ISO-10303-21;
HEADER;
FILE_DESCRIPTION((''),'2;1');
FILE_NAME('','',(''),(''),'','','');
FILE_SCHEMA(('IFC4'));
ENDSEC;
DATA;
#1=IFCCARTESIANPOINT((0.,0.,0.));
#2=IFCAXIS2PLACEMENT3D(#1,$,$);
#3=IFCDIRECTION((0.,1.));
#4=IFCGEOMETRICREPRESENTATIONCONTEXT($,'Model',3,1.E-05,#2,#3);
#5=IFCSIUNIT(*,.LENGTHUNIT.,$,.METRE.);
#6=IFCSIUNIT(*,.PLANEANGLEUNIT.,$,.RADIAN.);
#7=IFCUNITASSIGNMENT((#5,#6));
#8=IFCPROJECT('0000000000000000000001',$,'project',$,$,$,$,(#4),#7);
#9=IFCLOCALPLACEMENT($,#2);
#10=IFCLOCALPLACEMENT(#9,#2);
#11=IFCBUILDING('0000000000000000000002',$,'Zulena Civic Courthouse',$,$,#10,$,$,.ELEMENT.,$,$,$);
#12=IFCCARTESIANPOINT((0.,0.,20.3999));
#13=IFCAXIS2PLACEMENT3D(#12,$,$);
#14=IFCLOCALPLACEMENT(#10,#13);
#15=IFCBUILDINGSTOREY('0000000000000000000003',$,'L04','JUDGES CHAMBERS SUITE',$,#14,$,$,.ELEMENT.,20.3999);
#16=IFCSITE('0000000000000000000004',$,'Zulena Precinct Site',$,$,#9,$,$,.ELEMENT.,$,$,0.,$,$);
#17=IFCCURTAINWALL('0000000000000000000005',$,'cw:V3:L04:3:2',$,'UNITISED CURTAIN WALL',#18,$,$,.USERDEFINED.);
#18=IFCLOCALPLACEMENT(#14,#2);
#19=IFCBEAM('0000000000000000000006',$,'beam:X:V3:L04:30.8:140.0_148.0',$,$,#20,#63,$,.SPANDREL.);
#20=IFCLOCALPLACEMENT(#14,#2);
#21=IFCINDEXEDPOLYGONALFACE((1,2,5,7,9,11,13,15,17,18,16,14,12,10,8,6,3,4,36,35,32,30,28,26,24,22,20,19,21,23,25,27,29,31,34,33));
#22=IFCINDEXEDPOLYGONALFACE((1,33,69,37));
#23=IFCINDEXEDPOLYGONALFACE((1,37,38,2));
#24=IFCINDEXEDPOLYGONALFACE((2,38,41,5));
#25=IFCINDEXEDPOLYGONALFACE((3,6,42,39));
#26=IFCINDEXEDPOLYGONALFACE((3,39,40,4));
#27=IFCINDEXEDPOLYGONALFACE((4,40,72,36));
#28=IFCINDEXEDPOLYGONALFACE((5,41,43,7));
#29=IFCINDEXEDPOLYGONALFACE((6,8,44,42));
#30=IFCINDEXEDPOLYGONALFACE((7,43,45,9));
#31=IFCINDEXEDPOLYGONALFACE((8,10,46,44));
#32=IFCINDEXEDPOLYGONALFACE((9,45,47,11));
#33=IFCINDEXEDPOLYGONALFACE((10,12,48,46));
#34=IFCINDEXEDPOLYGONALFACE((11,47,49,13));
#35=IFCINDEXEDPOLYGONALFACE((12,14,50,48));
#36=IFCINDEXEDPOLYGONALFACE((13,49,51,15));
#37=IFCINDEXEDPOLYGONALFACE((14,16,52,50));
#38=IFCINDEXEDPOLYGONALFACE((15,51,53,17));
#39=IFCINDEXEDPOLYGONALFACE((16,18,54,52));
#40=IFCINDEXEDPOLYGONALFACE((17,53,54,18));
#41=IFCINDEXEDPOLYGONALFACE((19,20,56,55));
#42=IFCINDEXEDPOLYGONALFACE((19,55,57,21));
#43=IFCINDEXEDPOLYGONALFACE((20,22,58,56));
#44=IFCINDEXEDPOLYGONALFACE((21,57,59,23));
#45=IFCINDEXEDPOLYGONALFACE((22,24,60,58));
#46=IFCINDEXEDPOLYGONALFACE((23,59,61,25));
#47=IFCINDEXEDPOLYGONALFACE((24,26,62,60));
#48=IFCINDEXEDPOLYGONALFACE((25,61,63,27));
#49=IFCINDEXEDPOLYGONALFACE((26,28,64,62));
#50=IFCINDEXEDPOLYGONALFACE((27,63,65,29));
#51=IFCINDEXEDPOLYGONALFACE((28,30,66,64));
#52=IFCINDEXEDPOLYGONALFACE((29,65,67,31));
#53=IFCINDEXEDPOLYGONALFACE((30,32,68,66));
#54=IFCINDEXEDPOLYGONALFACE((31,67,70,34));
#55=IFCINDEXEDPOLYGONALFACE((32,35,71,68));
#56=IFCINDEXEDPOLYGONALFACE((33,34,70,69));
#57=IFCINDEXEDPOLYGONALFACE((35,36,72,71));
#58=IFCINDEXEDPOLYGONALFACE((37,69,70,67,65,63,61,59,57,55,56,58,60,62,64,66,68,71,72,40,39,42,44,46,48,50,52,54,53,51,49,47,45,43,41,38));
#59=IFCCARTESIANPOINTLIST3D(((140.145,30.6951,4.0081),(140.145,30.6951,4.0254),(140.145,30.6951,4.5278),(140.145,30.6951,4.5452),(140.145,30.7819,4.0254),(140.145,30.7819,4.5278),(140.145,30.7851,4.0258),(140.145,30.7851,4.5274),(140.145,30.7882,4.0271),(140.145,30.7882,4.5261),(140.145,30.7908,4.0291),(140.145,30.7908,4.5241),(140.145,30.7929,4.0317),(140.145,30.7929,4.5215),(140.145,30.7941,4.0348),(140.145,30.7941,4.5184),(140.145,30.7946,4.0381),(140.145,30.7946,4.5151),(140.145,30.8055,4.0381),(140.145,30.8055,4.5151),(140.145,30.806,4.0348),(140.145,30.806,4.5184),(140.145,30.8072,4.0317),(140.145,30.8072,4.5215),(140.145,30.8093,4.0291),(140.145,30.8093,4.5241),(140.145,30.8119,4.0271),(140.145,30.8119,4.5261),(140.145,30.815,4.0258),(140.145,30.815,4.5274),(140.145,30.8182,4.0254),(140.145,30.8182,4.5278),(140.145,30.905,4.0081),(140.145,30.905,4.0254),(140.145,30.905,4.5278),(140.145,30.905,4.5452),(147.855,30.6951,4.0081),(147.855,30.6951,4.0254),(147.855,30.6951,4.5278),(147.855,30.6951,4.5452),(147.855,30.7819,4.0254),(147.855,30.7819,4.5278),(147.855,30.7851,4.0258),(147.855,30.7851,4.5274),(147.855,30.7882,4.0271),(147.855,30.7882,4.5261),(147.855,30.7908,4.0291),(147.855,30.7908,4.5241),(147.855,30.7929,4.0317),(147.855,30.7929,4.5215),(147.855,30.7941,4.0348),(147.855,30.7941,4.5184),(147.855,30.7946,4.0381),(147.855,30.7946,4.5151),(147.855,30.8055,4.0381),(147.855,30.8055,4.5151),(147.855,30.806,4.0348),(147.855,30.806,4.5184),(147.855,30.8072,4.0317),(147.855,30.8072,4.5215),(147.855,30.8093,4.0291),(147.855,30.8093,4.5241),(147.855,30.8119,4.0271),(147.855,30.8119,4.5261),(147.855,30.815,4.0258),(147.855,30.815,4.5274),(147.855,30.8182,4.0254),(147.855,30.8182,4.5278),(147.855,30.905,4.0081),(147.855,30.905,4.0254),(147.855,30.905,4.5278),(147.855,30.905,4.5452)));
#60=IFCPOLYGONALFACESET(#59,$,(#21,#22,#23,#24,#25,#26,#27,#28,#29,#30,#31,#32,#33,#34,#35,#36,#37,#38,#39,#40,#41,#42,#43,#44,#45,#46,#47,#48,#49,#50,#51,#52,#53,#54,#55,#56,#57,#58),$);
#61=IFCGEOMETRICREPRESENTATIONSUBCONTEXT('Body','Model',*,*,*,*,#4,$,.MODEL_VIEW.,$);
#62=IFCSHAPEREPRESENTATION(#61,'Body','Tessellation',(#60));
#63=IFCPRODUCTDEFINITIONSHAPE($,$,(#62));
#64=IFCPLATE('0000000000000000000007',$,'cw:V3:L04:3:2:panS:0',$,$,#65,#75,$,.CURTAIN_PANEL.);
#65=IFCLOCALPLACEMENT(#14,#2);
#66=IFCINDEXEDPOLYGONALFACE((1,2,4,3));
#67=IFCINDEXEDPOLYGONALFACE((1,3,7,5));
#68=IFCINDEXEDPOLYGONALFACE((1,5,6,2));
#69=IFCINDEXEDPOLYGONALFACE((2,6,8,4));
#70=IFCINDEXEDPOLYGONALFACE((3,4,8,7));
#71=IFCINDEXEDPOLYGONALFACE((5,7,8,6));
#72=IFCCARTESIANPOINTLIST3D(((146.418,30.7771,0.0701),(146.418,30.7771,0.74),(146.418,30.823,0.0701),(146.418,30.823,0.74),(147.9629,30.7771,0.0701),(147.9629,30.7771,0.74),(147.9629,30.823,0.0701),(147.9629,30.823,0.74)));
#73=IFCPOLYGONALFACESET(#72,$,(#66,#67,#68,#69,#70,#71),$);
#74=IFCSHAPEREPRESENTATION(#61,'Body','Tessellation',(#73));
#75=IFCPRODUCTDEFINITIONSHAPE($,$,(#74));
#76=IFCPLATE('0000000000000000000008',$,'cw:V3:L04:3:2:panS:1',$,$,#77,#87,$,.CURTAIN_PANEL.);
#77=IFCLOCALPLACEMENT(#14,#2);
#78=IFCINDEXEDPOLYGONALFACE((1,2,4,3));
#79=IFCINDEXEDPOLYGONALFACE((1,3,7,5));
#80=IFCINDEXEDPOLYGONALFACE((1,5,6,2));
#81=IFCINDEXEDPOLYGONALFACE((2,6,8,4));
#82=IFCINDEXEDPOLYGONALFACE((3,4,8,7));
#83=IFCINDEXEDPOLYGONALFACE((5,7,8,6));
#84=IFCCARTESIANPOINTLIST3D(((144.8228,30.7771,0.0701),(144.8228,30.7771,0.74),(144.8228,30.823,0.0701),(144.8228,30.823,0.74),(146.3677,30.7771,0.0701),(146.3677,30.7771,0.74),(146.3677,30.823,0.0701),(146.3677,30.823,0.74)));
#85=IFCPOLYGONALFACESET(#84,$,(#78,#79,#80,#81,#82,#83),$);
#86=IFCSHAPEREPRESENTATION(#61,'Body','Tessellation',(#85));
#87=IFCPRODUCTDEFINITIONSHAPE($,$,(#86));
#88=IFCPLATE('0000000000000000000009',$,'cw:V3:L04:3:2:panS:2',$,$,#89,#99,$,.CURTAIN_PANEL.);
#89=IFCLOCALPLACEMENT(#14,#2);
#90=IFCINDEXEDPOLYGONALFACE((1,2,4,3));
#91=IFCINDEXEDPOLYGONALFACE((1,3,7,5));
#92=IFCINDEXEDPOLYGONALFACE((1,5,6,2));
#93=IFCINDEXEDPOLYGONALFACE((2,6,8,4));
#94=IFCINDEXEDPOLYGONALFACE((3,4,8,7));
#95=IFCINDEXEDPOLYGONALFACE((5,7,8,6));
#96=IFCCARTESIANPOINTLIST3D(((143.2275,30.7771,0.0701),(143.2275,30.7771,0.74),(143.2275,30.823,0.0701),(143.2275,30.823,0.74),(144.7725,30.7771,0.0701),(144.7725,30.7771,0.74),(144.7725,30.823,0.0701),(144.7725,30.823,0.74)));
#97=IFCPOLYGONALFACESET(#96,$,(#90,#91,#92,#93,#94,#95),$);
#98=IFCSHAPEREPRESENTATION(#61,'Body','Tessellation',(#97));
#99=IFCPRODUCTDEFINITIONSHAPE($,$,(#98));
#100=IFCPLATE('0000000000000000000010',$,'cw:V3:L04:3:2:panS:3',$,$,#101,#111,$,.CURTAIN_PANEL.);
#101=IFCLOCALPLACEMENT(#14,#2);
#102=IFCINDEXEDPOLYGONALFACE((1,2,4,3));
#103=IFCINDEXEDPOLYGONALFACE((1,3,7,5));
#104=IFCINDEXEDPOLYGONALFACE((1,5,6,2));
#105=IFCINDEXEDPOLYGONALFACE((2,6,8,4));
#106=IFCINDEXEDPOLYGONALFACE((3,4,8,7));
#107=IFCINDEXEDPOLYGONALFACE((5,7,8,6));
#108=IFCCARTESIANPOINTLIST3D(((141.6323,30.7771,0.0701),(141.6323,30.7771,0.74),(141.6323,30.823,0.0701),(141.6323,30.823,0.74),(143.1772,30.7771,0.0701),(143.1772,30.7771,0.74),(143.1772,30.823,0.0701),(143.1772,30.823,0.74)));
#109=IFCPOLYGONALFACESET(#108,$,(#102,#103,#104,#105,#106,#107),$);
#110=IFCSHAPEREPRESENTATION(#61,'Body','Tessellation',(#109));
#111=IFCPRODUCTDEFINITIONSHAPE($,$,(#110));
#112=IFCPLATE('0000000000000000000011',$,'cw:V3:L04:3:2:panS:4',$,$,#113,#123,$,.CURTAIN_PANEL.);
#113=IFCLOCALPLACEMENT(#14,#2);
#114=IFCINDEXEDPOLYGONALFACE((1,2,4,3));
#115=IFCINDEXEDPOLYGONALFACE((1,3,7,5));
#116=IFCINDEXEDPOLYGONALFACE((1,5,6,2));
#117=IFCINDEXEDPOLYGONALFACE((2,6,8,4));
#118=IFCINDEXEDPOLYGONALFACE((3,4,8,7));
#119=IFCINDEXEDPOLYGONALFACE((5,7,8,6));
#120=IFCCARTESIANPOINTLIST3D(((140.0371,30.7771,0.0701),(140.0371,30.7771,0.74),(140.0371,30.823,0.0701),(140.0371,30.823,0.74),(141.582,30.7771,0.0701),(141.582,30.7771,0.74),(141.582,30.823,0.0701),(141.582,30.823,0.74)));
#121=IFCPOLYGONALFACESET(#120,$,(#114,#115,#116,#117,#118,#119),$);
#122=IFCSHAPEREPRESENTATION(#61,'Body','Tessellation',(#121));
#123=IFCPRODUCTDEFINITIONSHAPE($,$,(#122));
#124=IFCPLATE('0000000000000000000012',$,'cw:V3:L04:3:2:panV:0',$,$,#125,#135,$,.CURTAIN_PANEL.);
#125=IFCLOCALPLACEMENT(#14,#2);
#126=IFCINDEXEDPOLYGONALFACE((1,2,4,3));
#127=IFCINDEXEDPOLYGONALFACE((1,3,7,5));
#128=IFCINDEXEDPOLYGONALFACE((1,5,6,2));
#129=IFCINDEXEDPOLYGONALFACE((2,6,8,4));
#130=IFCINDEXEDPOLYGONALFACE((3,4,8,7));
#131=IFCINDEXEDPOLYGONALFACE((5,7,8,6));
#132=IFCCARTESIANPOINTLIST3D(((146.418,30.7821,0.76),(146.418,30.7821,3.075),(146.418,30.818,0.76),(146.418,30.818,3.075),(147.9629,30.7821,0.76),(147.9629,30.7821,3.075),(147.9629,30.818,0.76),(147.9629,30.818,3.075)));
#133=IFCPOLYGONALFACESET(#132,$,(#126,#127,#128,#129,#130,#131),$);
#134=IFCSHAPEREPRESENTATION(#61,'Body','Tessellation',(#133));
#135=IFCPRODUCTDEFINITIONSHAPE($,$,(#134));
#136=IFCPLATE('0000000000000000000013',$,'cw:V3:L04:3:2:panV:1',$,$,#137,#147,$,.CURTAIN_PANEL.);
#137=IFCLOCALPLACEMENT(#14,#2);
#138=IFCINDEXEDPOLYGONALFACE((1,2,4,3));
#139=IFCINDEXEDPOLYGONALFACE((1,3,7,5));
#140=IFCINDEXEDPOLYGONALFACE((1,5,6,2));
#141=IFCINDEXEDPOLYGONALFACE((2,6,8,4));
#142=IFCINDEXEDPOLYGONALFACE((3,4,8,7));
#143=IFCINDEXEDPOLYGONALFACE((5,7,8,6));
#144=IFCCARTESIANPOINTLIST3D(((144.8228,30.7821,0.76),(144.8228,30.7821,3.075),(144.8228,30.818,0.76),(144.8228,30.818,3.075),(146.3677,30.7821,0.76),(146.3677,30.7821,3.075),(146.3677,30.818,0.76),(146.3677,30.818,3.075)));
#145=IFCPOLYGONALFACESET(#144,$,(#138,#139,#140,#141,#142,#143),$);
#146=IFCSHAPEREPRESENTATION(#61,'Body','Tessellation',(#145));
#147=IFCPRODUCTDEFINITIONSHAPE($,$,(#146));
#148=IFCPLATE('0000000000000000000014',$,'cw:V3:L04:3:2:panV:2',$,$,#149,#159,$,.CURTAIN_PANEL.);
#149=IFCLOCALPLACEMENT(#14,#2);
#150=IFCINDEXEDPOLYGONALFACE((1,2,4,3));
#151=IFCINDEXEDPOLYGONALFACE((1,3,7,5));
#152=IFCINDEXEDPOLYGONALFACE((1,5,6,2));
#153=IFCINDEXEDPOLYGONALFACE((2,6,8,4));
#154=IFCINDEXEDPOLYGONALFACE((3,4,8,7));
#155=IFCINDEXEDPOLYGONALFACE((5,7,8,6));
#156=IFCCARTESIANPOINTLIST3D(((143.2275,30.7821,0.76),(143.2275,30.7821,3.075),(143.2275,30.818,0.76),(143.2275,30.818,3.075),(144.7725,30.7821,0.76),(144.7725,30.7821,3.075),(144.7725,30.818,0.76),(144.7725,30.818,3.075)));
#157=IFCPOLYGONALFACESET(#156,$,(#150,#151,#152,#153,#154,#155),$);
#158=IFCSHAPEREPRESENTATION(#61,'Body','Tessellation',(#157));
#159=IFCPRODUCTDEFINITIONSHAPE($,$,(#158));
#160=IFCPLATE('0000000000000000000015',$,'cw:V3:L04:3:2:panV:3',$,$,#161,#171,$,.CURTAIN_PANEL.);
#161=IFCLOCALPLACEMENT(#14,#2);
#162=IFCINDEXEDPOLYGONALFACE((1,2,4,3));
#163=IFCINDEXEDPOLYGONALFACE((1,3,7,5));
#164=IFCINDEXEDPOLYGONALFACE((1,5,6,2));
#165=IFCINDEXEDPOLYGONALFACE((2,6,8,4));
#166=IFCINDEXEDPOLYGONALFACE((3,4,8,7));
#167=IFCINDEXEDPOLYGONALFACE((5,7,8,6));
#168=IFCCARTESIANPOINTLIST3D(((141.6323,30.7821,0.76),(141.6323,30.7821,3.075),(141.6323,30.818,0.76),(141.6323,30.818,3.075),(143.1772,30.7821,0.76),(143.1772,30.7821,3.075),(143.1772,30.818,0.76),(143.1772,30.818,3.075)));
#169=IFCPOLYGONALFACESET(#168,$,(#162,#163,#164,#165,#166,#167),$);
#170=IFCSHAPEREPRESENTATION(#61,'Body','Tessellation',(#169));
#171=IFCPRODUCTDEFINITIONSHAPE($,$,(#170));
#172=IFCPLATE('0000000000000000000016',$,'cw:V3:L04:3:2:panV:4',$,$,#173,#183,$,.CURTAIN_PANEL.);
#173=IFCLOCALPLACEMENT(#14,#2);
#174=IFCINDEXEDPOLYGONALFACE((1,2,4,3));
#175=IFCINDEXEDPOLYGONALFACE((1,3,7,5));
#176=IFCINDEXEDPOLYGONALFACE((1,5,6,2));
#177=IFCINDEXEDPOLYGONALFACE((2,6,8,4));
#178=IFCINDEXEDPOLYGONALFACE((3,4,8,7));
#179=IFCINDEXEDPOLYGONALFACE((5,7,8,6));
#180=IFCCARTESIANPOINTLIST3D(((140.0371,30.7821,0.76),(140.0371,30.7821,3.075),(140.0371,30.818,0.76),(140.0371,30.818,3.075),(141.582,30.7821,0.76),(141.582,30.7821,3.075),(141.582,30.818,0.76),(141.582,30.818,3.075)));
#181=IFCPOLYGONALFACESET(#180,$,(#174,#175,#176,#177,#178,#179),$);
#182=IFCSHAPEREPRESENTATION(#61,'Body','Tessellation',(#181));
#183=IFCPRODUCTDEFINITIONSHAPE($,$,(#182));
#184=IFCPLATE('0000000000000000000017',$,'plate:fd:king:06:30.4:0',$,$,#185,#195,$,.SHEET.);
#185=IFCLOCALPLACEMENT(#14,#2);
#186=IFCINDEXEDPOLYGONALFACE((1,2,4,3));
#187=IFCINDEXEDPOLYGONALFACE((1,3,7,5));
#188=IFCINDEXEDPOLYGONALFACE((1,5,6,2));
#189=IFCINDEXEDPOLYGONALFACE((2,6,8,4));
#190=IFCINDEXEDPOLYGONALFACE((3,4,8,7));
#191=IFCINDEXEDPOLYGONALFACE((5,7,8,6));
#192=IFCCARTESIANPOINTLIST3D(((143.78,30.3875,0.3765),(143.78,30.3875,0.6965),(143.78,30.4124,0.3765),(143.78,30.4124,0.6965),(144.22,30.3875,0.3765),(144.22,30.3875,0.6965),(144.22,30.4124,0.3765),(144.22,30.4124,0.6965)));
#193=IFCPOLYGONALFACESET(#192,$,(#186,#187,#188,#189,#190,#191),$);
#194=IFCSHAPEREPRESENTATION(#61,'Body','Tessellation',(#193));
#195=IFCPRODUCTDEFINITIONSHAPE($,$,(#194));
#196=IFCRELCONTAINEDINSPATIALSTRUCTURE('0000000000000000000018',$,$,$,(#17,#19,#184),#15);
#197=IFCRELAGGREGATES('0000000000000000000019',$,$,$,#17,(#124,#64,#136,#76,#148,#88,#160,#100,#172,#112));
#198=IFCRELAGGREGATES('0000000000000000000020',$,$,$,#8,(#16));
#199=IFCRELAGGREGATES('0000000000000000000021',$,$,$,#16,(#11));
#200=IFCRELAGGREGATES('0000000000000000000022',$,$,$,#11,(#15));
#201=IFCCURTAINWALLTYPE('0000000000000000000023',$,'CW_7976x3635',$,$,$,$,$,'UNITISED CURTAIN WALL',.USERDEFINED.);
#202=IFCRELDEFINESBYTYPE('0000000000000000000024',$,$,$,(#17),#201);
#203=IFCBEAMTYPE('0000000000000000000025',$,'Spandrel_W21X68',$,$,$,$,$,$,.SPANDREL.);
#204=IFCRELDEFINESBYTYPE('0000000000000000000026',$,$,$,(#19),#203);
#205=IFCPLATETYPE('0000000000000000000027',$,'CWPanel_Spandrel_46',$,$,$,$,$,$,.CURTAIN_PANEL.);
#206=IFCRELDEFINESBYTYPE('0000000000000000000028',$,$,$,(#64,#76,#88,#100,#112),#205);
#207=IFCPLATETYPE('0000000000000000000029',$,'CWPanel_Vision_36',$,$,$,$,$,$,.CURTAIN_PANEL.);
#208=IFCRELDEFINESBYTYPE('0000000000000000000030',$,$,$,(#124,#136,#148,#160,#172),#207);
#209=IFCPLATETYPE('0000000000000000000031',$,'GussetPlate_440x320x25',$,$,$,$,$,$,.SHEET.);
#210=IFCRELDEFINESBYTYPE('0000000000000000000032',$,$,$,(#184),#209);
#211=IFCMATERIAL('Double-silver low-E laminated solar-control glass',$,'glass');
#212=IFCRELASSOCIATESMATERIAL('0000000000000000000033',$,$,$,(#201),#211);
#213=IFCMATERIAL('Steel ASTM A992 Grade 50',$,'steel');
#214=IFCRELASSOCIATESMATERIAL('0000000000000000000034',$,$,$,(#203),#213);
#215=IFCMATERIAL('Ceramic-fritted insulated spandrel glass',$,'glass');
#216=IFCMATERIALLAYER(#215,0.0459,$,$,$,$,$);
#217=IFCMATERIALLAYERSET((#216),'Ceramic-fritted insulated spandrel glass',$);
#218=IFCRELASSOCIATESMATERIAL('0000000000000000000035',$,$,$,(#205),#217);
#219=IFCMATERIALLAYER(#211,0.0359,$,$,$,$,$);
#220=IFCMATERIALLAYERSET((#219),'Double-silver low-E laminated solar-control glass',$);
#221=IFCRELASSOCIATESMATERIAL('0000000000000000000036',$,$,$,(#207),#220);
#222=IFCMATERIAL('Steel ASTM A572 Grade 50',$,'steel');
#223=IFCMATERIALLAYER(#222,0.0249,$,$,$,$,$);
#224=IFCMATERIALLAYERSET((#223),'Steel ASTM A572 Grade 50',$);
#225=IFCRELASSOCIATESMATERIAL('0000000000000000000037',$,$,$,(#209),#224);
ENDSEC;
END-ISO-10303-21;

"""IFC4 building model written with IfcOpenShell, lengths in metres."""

from ifc_helpers import new_model, si_unit, direction, frame, origin, origin_2d, place, context, subcontext, project, spatial, rectangle, i_section, extrude, material, layer, layer_set, material_profile, profile_set, type_object, element, aggregate, save


model = new_model("IFC4")

# Units and contexts
model_context = context("Model", 3, precision=1e-05, world=origin(), true_north=direction((0.0, 1.0)))
body_context = subcontext(model_context, "Body", "Model", "MODEL_VIEW")
ifc_project = project(units=[si_unit("LENGTHUNIT", "METRE"), si_unit("PLANEANGLEUNIT", "RADIAN")], contexts=[model_context])

# Site, building, storey
site_placement = place(None, origin())
site = spatial("IfcSite", under=ifc_project, at=site_placement, Name="Zulena Precinct Site", CompositionType="ELEMENT", RefElevation=0.0)
building_placement = place(site_placement, origin())
building = spatial("IfcBuilding", under=site, at=building_placement, Name="Zulena Civic Courthouse", CompositionType="ELEMENT")
storey_placement = place(building_placement, frame((0.0, 0.0, 20.3999)))
storey = spatial("IfcBuildingStorey", under=building, at=storey_placement, Name="L04", Description="JUDGES CHAMBERS SUITE", CompositionType="ELEMENT", Elevation=20.3999)

# Shared definitions
ifc_material_1 = material(Name="Steel ASTM A992 Grade 50", Category="steel")

# Curtain wall
ifc_material_2 = material(Name="Double-silver low-E laminated solar-control glass", Category="glass")
curtain_wall_type = type_object("IfcCurtainWallType", Name="CW_7976x3635", ElementType="UNITISED CURTAIN WALL", PredefinedType="USERDEFINED", material=ifc_material_2)
curtain_wall_1_placement = place(storey_placement, origin())
curtain_wall_1 = element("IfcCurtainWall", 1, at=curtain_wall_1_placement, inside=storey, type_object=curtain_wall_type, Name="cw:V3:L04:3:2", ObjectType="UNITISED CURTAIN WALL", PredefinedType="USERDEFINED")

# Beam
ifc_material_profile_1 = material_profile(ifc_material_1, i_section(OverallWidth=0.21, OverallDepth=0.5371, WebThickness=0.011, FlangeThickness=0.0173, FilletRadius=0.0127, at=origin_2d()), Name="W21X68")
ifc_profile_set_1 = profile_set([ifc_material_profile_1], Name="Steel ASTM A992 Grade 50")
beam_type_1 = type_object("IfcBeamType", Name="Spandrel_W21X68", PredefinedType="SPANDREL", material=ifc_profile_set_1)
beam_1_placement = place(storey_placement, frame((140.145, 30.8, 4.2766), z_axis=(1.0, 0.0, 0.0), x_axis=(0.0, 1.0, 0.0)))
element("IfcBeam", 2, at=beam_1_placement, inside=storey, type_object=beam_type_1, Name="beam:X:V3:L04:30.8:140.0_148.0", PredefinedType="SPANDREL", context=body_context, shape_type="SweptSolid", body=[
    extrude(i_section(OverallWidth=0.21, OverallDepth=0.5371, WebThickness=0.011, FlangeThickness=0.0173, FilletRadius=0.0127, at=origin_2d()), origin(), (0.0, 0.0, 1.0), 7.71),
])

# Plates
ifc_material_3 = material(Name="Ceramic-fritted insulated spandrel glass", Category="glass")
ifc_layer_1 = layer(ifc_material_3, 0.0459)
ifc_layer_set_1 = layer_set([ifc_layer_1], Name="Ceramic-fritted insulated spandrel glass")
plate_type_1 = type_object("IfcPlateType", Name="CWPanel_Spandrel_46", PredefinedType="CURTAIN_PANEL", material=ifc_layer_set_1)
plate_1_placement = place(storey_placement, frame((147.1904, 30.8, 0.0701), z_axis=(0.0, 0.0, 1.0), x_axis=(-1.0, 0.0, 0.0)))
plate_1 = element("IfcPlate", 3, at=plate_1_placement, type_object=plate_type_1, Name="cw:V3:L04:3:2:panS:0", PredefinedType="CURTAIN_PANEL", context=body_context, shape_type="SweptSolid", body=[
    extrude(rectangle(XDim=1.5449, YDim=0.0459, at=origin_2d()), origin(), (0.0, 0.0, 1.0), 0.6699),
])
plate_2_placement = place(storey_placement, frame((145.5952, 30.8, 0.0701), z_axis=(0.0, 0.0, 1.0), x_axis=(-1.0, 0.0, 0.0)))
plate_2 = element("IfcPlate", 4, at=plate_2_placement, type_object=plate_type_1, Name="cw:V3:L04:3:2:panS:1", PredefinedType="CURTAIN_PANEL", context=body_context, shape_type="SweptSolid", body=[
    extrude(rectangle(XDim=1.5449, YDim=0.0459, at=origin_2d()), origin(), (0.0, 0.0, 1.0), 0.6699),
])
plate_3_placement = place(storey_placement, frame((144.0, 30.8, 0.0701), z_axis=(0.0, 0.0, 1.0), x_axis=(-1.0, 0.0, 0.0)))
plate_3 = element("IfcPlate", 5, at=plate_3_placement, type_object=plate_type_1, Name="cw:V3:L04:3:2:panS:2", PredefinedType="CURTAIN_PANEL", context=body_context, shape_type="SweptSolid", body=[
    extrude(rectangle(XDim=1.5449, YDim=0.0459, at=origin_2d()), origin(), (0.0, 0.0, 1.0), 0.6699),
])
plate_4_placement = place(storey_placement, frame((142.4048, 30.8, 0.0701), z_axis=(0.0, 0.0, 1.0), x_axis=(-1.0, 0.0, 0.0)))
plate_4 = element("IfcPlate", 6, at=plate_4_placement, type_object=plate_type_1, Name="cw:V3:L04:3:2:panS:3", PredefinedType="CURTAIN_PANEL", context=body_context, shape_type="SweptSolid", body=[
    extrude(rectangle(XDim=1.5449, YDim=0.0459, at=origin_2d()), origin(), (0.0, 0.0, 1.0), 0.6699),
])
plate_5_placement = place(storey_placement, frame((140.8096, 30.8, 0.0701), z_axis=(0.0, 0.0, 1.0), x_axis=(-1.0, 0.0, 0.0)))
plate_5 = element("IfcPlate", 7, at=plate_5_placement, type_object=plate_type_1, Name="cw:V3:L04:3:2:panS:4", PredefinedType="CURTAIN_PANEL", context=body_context, shape_type="SweptSolid", body=[
    extrude(rectangle(XDim=1.5449, YDim=0.0459, at=origin_2d()), origin(), (0.0, 0.0, 1.0), 0.6699),
])
ifc_layer_2 = layer(ifc_material_2, 0.0359)
ifc_layer_set_2 = layer_set([ifc_layer_2], Name="Double-silver low-E laminated solar-control glass")
plate_type_2 = type_object("IfcPlateType", Name="CWPanel_Vision_36", PredefinedType="CURTAIN_PANEL", material=ifc_layer_set_2)
plate_6_placement = place(storey_placement, frame((147.1904, 30.8, 0.76), z_axis=(0.0, 0.0, 1.0), x_axis=(-1.0, 0.0, 0.0)))
plate_6 = element("IfcPlate", 8, at=plate_6_placement, type_object=plate_type_2, Name="cw:V3:L04:3:2:panV:0", PredefinedType="CURTAIN_PANEL", context=body_context, shape_type="SweptSolid", body=[
    extrude(rectangle(XDim=1.5449, YDim=0.0359, at=origin_2d()), origin(), (0.0, 0.0, 1.0), 2.3149),
])
plate_7_placement = place(storey_placement, frame((145.5952, 30.8, 0.76), z_axis=(0.0, 0.0, 1.0), x_axis=(-1.0, 0.0, 0.0)))
plate_7 = element("IfcPlate", 9, at=plate_7_placement, type_object=plate_type_2, Name="cw:V3:L04:3:2:panV:1", PredefinedType="CURTAIN_PANEL", context=body_context, shape_type="SweptSolid", body=[
    extrude(rectangle(XDim=1.5449, YDim=0.0359, at=origin_2d()), origin(), (0.0, 0.0, 1.0), 2.3149),
])
plate_8_placement = place(storey_placement, frame((144.0, 30.8, 0.76), z_axis=(0.0, 0.0, 1.0), x_axis=(-1.0, 0.0, 0.0)))
plate_8 = element("IfcPlate", 10, at=plate_8_placement, type_object=plate_type_2, Name="cw:V3:L04:3:2:panV:2", PredefinedType="CURTAIN_PANEL", context=body_context, shape_type="SweptSolid", body=[
    extrude(rectangle(XDim=1.5449, YDim=0.0359, at=origin_2d()), origin(), (0.0, 0.0, 1.0), 2.3149),
])
plate_9_placement = place(storey_placement, frame((142.4048, 30.8, 0.76), z_axis=(0.0, 0.0, 1.0), x_axis=(-1.0, 0.0, 0.0)))
plate_9 = element("IfcPlate", 11, at=plate_9_placement, type_object=plate_type_2, Name="cw:V3:L04:3:2:panV:3", PredefinedType="CURTAIN_PANEL", context=body_context, shape_type="SweptSolid", body=[
    extrude(rectangle(XDim=1.5449, YDim=0.0359, at=origin_2d()), origin(), (0.0, 0.0, 1.0), 2.3149),
])
plate_10_placement = place(storey_placement, frame((140.8096, 30.8, 0.76), z_axis=(0.0, 0.0, 1.0), x_axis=(-1.0, 0.0, 0.0)))
plate_10 = element("IfcPlate", 12, at=plate_10_placement, type_object=plate_type_2, Name="cw:V3:L04:3:2:panV:4", PredefinedType="CURTAIN_PANEL", context=body_context, shape_type="SweptSolid", body=[
    extrude(rectangle(XDim=1.5449, YDim=0.0359, at=origin_2d()), origin(), (0.0, 0.0, 1.0), 2.3149),
])
aggregate(curtain_wall_1, [plate_6, plate_1, plate_7, plate_2, plate_8, plate_3, plate_9, plate_4, plate_10, plate_5])

# Plate
ifc_material_4 = material(Name="Steel ASTM A572 Grade 50", Category="steel")
ifc_layer_3 = layer(ifc_material_4, 0.0249)
ifc_layer_set_3 = layer_set([ifc_layer_3], Name="Steel ASTM A572 Grade 50")
plate_type_3 = type_object("IfcPlateType", Name="GussetPlate_440x320x25", PredefinedType="SHEET", material=ifc_layer_set_3)
for number, where, z_axis, x_axis, name in (
    (13, (144.0, 30.3999, 0.3765), (0.0, 0.0, 1.0), (1.0, 0.0, 0.0), "plate:fd:king:06:30.4:0"),
):
    element("IfcPlate", number, at=place(storey_placement, frame(where, z_axis=z_axis, x_axis=x_axis)), inside=storey, type_object=plate_type_3, Name=name, PredefinedType="SHEET", context=body_context, shape_type="SweptSolid", body=[
        extrude(rectangle(XDim=0.4399, YDim=0.0249, at=origin_2d()), origin(), (0.0, 0.0, 1.0), 0.3201),
    ])

save(model, "model.ifc")
